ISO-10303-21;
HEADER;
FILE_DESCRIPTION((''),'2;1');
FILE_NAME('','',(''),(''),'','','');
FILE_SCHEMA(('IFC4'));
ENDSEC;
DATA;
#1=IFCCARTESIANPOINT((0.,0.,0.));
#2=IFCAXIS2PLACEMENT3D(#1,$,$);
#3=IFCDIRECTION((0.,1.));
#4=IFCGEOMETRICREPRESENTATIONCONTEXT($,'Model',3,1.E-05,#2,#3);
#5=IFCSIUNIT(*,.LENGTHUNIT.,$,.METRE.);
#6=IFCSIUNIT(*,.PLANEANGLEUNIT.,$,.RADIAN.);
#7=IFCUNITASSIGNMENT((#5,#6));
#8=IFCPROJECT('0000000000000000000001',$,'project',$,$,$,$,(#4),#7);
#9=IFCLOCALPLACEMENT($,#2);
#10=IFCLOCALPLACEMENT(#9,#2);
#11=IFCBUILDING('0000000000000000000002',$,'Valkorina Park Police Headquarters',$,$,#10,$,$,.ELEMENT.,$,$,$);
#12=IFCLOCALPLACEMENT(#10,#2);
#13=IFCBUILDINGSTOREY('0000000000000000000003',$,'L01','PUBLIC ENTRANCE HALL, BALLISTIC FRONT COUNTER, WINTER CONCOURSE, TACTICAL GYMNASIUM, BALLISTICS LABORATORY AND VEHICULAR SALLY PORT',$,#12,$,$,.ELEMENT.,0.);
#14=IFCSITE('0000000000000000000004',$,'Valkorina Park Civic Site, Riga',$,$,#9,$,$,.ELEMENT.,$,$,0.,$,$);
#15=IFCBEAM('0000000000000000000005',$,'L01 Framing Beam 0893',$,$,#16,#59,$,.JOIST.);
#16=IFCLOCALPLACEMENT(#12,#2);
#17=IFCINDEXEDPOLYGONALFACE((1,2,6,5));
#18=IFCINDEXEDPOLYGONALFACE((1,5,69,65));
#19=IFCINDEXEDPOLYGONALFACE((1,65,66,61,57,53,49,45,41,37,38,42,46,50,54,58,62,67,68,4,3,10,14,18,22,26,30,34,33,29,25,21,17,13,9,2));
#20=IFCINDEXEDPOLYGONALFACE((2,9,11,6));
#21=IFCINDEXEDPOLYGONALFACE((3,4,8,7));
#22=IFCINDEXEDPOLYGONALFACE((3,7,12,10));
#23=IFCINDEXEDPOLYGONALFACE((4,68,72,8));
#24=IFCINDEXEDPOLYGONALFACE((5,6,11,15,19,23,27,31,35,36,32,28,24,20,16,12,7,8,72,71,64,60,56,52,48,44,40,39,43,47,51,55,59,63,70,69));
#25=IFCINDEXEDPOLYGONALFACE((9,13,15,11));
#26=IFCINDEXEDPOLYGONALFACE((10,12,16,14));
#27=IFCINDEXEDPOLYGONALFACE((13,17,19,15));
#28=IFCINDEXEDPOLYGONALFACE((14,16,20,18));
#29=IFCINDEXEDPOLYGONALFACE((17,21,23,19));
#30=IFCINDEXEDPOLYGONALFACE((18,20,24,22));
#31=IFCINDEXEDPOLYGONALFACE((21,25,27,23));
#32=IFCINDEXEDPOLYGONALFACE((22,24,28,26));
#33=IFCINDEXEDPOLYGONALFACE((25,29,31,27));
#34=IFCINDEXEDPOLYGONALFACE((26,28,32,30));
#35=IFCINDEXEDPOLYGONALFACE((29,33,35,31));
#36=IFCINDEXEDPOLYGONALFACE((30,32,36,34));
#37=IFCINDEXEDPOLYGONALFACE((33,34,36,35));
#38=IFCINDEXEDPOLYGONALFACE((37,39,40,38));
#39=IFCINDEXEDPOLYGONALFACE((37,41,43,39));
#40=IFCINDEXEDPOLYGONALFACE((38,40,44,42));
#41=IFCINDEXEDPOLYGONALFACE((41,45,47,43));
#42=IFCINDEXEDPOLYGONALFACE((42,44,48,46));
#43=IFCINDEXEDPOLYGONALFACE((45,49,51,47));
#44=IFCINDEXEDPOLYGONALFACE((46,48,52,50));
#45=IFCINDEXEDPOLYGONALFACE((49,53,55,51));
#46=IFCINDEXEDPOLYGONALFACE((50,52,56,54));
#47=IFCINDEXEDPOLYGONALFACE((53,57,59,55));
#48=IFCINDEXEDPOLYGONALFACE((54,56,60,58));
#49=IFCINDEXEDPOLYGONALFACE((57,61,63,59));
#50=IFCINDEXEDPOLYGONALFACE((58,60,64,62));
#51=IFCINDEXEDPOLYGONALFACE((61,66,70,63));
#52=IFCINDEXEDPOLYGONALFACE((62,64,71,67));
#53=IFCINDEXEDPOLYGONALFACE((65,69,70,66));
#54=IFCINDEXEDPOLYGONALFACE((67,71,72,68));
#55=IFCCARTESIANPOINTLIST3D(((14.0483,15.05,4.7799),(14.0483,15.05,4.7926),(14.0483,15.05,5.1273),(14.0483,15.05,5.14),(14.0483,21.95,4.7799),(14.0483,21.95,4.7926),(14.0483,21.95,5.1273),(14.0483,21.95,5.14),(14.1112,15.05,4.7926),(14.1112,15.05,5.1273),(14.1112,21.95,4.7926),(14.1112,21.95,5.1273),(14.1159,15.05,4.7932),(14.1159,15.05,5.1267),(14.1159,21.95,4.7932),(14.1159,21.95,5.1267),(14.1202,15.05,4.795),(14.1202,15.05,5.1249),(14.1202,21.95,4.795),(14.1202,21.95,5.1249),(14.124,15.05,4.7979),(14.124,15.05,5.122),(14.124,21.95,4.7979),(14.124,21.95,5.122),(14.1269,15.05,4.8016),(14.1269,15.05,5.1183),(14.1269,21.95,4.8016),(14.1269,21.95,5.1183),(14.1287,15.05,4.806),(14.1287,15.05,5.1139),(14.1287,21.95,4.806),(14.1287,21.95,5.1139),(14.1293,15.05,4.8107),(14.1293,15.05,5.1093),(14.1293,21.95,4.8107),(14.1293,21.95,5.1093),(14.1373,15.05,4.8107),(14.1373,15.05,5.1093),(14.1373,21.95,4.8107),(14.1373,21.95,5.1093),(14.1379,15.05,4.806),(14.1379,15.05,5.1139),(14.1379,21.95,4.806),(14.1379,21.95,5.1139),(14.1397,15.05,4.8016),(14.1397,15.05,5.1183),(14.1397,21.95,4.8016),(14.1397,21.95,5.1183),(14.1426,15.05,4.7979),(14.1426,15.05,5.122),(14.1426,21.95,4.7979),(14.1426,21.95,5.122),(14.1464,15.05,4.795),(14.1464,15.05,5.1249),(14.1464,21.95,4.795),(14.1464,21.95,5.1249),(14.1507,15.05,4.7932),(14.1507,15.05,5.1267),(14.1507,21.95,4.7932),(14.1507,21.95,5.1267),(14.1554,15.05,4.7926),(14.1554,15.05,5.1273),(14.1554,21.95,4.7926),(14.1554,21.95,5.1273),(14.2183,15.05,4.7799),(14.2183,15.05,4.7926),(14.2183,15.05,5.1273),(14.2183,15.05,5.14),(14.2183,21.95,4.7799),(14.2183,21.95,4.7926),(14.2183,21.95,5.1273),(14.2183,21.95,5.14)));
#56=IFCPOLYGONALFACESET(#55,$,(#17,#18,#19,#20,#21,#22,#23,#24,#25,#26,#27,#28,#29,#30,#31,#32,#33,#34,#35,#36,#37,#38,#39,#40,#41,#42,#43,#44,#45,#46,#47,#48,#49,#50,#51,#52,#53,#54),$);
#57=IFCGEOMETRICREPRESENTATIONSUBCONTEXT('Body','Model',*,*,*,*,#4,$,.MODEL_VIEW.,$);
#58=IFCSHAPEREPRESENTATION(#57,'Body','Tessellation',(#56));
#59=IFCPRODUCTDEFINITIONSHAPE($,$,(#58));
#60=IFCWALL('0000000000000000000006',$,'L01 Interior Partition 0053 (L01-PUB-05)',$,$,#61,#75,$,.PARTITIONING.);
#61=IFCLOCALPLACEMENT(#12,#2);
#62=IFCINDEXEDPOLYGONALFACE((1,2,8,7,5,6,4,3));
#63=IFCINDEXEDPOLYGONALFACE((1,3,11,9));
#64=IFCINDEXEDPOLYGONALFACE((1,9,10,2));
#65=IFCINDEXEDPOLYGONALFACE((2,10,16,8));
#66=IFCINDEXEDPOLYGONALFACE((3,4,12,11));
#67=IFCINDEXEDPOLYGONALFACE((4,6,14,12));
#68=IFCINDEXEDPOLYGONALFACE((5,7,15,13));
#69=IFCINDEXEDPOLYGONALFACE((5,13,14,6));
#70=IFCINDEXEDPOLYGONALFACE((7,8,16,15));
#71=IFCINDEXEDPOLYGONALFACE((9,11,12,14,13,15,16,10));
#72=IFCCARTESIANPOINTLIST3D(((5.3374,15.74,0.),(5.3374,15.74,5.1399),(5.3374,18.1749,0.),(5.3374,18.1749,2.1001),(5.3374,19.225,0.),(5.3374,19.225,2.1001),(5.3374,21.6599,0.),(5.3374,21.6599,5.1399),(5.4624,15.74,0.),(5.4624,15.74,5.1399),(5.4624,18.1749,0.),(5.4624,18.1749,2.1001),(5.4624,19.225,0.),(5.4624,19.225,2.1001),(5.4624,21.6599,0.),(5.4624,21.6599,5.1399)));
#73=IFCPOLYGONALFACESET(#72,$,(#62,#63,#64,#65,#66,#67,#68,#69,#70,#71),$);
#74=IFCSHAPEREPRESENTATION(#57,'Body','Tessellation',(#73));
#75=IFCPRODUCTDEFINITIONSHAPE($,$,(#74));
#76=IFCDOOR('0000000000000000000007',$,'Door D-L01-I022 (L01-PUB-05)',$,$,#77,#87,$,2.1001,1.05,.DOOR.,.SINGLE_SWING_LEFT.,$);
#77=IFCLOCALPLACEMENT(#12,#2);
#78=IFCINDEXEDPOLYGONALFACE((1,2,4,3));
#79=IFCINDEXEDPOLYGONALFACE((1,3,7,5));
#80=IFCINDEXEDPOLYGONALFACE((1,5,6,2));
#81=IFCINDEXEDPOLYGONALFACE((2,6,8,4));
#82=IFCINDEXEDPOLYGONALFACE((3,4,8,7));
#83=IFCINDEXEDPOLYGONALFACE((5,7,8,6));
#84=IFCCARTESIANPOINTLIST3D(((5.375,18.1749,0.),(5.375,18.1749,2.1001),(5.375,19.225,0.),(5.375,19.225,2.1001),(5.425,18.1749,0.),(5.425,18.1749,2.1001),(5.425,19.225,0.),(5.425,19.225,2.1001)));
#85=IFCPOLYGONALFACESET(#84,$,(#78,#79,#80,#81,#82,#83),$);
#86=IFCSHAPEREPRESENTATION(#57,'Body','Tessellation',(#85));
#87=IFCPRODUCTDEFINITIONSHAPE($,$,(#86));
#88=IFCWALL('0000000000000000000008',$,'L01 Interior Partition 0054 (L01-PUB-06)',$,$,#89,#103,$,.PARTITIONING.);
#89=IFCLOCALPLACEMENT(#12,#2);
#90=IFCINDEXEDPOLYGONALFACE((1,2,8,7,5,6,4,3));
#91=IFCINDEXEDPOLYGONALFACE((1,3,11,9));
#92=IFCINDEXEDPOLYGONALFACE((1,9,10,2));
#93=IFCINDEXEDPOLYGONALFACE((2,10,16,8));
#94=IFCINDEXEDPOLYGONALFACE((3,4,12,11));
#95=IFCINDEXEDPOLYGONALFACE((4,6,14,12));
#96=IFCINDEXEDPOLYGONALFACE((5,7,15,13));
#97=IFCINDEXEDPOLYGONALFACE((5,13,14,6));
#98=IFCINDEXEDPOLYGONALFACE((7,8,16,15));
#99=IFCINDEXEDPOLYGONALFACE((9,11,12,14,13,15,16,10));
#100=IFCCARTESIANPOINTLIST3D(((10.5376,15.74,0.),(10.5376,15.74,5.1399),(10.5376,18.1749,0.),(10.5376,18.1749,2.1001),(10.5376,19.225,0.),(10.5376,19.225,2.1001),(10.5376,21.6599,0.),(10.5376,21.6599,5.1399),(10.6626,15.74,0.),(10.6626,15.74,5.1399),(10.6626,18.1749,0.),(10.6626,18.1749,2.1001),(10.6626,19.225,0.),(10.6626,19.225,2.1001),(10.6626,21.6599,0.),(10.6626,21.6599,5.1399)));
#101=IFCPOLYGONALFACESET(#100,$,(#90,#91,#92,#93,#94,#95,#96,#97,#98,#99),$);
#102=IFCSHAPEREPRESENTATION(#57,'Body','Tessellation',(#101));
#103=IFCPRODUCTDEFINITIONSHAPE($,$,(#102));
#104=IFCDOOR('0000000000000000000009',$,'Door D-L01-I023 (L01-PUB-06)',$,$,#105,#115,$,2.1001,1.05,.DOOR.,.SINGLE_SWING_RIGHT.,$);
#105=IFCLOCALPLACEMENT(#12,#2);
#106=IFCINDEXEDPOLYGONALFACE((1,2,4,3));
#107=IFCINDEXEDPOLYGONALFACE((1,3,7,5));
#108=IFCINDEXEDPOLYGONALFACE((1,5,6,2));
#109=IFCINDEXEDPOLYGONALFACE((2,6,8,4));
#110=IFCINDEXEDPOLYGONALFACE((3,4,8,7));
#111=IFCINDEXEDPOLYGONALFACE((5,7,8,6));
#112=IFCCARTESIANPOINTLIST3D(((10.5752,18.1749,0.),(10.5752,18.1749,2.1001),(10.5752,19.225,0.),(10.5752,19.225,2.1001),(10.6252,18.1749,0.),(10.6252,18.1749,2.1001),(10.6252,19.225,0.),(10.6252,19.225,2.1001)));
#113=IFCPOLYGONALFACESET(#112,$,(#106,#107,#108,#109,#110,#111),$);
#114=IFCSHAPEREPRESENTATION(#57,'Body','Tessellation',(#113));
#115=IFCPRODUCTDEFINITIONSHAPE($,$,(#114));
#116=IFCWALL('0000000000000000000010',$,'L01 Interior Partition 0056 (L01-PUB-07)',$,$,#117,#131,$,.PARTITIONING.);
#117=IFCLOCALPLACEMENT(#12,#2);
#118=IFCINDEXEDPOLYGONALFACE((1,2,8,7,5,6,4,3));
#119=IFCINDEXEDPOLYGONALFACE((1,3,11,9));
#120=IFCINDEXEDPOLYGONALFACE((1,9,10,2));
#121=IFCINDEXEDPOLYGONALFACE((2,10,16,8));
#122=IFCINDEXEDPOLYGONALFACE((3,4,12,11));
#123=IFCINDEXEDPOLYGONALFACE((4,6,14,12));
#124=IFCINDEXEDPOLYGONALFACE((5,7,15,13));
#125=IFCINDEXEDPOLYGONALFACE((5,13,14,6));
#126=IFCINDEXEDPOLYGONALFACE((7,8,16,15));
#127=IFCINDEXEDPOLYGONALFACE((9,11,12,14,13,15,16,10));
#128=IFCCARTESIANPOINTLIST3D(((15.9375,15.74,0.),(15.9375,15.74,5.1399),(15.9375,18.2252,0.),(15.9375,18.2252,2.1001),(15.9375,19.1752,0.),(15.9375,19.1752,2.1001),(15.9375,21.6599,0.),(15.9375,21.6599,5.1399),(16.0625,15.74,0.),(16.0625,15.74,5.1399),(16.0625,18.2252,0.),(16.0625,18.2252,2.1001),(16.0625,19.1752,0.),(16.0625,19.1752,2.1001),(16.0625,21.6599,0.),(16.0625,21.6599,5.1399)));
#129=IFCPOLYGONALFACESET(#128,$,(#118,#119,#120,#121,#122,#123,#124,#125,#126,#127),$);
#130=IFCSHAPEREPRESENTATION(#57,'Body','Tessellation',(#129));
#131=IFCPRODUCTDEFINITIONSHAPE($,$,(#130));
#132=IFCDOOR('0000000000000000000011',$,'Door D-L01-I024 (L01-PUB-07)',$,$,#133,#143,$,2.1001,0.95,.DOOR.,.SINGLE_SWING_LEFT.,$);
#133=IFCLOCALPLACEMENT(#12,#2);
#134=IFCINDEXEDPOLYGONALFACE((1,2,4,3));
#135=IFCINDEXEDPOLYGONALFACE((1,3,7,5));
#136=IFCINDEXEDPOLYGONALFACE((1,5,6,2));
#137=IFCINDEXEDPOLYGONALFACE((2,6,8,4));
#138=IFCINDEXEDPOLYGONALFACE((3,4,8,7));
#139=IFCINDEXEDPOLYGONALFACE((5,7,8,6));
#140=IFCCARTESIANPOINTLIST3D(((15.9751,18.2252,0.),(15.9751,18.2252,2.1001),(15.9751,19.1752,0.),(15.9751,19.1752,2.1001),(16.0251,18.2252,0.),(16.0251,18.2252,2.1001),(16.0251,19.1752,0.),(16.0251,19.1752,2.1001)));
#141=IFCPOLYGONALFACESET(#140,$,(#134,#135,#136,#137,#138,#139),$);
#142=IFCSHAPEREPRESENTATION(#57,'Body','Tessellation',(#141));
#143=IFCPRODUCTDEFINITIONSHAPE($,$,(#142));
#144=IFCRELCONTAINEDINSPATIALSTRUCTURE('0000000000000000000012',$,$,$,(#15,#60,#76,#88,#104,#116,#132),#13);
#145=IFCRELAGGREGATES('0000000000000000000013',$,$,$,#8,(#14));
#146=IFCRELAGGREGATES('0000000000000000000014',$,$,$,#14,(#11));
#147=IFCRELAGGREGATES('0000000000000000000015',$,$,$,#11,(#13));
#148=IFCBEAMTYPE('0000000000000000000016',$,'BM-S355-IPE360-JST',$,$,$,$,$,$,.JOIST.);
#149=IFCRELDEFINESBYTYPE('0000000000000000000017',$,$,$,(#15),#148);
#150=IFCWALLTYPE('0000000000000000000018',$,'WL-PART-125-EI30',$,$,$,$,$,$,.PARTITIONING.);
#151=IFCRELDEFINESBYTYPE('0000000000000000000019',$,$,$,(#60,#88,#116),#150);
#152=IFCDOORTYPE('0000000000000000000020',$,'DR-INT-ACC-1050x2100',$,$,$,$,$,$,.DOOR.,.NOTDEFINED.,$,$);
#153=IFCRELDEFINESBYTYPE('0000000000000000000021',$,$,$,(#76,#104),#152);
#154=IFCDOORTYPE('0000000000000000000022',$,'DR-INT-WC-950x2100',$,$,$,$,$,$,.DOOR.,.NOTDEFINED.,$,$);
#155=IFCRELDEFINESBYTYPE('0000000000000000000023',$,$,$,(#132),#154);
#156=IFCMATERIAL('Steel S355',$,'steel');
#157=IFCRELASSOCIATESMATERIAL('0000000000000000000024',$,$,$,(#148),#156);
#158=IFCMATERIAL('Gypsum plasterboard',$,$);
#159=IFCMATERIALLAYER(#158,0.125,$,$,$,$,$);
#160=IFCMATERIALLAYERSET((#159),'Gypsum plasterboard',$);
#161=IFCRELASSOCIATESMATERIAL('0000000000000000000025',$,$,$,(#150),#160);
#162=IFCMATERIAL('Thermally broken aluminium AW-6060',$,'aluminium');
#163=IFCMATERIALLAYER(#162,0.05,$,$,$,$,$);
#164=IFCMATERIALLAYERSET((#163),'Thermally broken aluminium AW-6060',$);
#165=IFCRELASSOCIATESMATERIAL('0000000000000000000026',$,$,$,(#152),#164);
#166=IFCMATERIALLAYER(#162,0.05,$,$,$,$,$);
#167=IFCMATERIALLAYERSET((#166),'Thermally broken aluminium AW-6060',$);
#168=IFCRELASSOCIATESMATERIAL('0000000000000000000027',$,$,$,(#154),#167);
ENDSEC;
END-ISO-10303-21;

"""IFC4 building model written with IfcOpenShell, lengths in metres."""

from ifc_helpers import new_model, si_unit, direction, frame, frame_2d, origin, origin_2d, place, context, subcontext, project, spatial, rectangle, i_section, extrude, material, layer, layer_set, material_profile, profile_set, type_object, element, fill, save


model = new_model("IFC4")

# Units and contexts
model_context = context("Model", 3, precision=1e-05, world=origin(), true_north=direction((0.0, 1.0)))
body_context = subcontext(model_context, "Body", "Model", "MODEL_VIEW")
ifc_project = project(units=[si_unit("LENGTHUNIT", "METRE"), si_unit("PLANEANGLEUNIT", "RADIAN")], contexts=[model_context])

# Site, building, storey
site_placement = place(None, origin())
site = spatial("IfcSite", under=ifc_project, at=site_placement, Name="Valkorina Park Civic Site, Riga", CompositionType="ELEMENT", RefElevation=0.0)
building_placement = place(site_placement, origin())
building = spatial("IfcBuilding", under=site, at=building_placement, Name="Valkorina Park Police Headquarters", CompositionType="ELEMENT")
storey_placement = place(building_placement, origin())
storey = spatial("IfcBuildingStorey", under=building, at=storey_placement, Name="L01", Description="PUBLIC ENTRANCE HALL, BALLISTIC FRONT COUNTER, WINTER CONCOURSE, TACTICAL GYMNASIUM, BALLISTICS LABORATORY AND VEHICULAR SALLY PORT", CompositionType="ELEMENT", Elevation=0.0)

# Beam
ifc_material_1 = material(Name="Steel S355", Category="steel")
ifc_material_profile_1 = material_profile(ifc_material_1, i_section(OverallWidth=0.1699, OverallDepth=0.3601, WebThickness=0.0081, FlangeThickness=0.0127, FilletRadius=0.0181, at=origin_2d()), Name="IPE 360")
ifc_profile_set_1 = profile_set([ifc_material_profile_1], Name="Steel S355")
beam_type_1 = type_object("IfcBeamType", Name="BM-S355-IPE360-JST", PredefinedType="JOIST", material=ifc_profile_set_1)
for number, where, z_axis, x_axis, name in (
    (1, (14.1333, 15.05, 4.96), (0.0, 1.0, 0.0), (-1.0, 0.0, 0.0), "L01 Framing Beam 0893"),
):
    element("IfcBeam", number, at=place(storey_placement, frame(where, z_axis=z_axis, x_axis=x_axis)), inside=storey, type_object=beam_type_1, Name=name, PredefinedType="JOIST", context=body_context, shape_type="SweptSolid", body=[
        extrude(i_section(OverallWidth=0.1699, OverallDepth=0.3601, WebThickness=0.0081, FlangeThickness=0.0127, FilletRadius=0.0181, at=origin_2d()), origin(), (0.0, 0.0, 1.0), 6.8999),
    ])

# Walls, openings, doors
ifc_material_2 = material(Name="Gypsum plasterboard")
ifc_layer_1 = layer(ifc_material_2, 0.125)
ifc_layer_set_1 = layer_set([ifc_layer_1], Name="Gypsum plasterboard")
wall_type = type_object("IfcWallType", Name="WL-PART-125-EI30", PredefinedType="PARTITIONING", material=ifc_layer_set_1)
wall_1_placement = place(storey_placement, frame((5.3999, 15.74, 0.0), z_axis=(0.0, 0.0, 1.0), x_axis=(0.0, 1.0, 0.0)))
wall_1 = element("IfcWall", 2, at=wall_1_placement, inside=storey, type_object=wall_type, Name="L01 Interior Partition 0053 (L01-PUB-05)", PredefinedType="PARTITIONING", context=body_context, shape_type="SweptSolid", body=[
    extrude(rectangle(XDim=5.9199, YDim=0.125, at=frame_2d((2.96, 0.0))), origin(), (0.0, 0.0, 1.0), 5.1399),
])
opening_1_placement = place(wall_1_placement, frame((2.4351, 0.0, 0.0)))
opening_1 = element("IfcOpeningElement", 3, at=opening_1_placement, cuts=wall_1, PredefinedType="OPENING", context=body_context, shape_type="SweptSolid", body=[
    extrude(rectangle(XDim=1.05, YDim=2.1001, at=frame_2d((0.5249, 1.05))), frame((0.0, 0.0725, 0.0), z_axis=(0.0, -1.0, 0.0), x_axis=(1.0, 0.0, 0.0)), (0.0, 0.0, 1.0), 0.145),
])
ifc_material_3 = material(Name="Thermally broken aluminium AW-6060", Category="aluminium")
ifc_layer_2 = layer(ifc_material_3, 0.05)
ifc_layer_set_2 = layer_set([ifc_layer_2], Name="Thermally broken aluminium AW-6060")
door_type_1 = type_object("IfcDoorType", Name="DR-INT-ACC-1050x2100", OperationType="NOTDEFINED", PredefinedType="DOOR", material=ifc_layer_set_2)
door_1_placement = place(opening_1_placement, origin())
door_1 = element("IfcDoor", 4, at=door_1_placement, inside=storey, type_object=door_type_1, Name="Door D-L01-I022 (L01-PUB-05)", OperationType="SINGLE_SWING_LEFT", OverallHeight=2.1001, OverallWidth=1.05, PredefinedType="DOOR", context=body_context, shape_type="SweptSolid", body=[
    extrude(rectangle(XDim=1.05, YDim=2.1001, at=frame_2d((0.5249, 1.05))), frame((0.0, 0.0249, 0.0), z_axis=(0.0, -1.0, 0.0), x_axis=(1.0, 0.0, 0.0)), (0.0, 0.0, 1.0), 0.05),
])
fill(opening_1, door_1)
wall_2_placement = place(storey_placement, frame((10.6001, 15.74, 0.0), z_axis=(0.0, 0.0, 1.0), x_axis=(0.0, 1.0, 0.0)))
wall_2 = element("IfcWall", 5, at=wall_2_placement, inside=storey, type_object=wall_type, Name="L01 Interior Partition 0054 (L01-PUB-06)", PredefinedType="PARTITIONING", context=body_context, shape_type="SweptSolid", body=[
    extrude(rectangle(XDim=5.9199, YDim=0.125, at=frame_2d((2.96, 0.0))), origin(), (0.0, 0.0, 1.0), 5.1399),
])
opening_2_placement = place(wall_2_placement, frame((2.4351, 0.0, 0.0)))
opening_2 = element("IfcOpeningElement", 6, at=opening_2_placement, cuts=wall_2, PredefinedType="OPENING", context=body_context, shape_type="SweptSolid", body=[
    extrude(rectangle(XDim=1.05, YDim=2.1001, at=frame_2d((0.5249, 1.05))), frame((0.0, 0.0725, 0.0), z_axis=(0.0, -1.0, 0.0), x_axis=(1.0, 0.0, 0.0)), (0.0, 0.0, 1.0), 0.145),
])
door_2_placement = place(opening_2_placement, origin())
door_2 = element("IfcDoor", 7, at=door_2_placement, inside=storey, type_object=door_type_1, Name="Door D-L01-I023 (L01-PUB-06)", OperationType="SINGLE_SWING_RIGHT", OverallHeight=2.1001, OverallWidth=1.05, PredefinedType="DOOR", context=body_context, shape_type="SweptSolid", body=[
    extrude(rectangle(XDim=1.05, YDim=2.1001, at=frame_2d((0.5249, 1.05))), frame((0.0, 0.0249, 0.0), z_axis=(0.0, -1.0, 0.0), x_axis=(1.0, 0.0, 0.0)), (0.0, 0.0, 1.0), 0.05),
])
fill(opening_2, door_2)
wall_3_placement = place(storey_placement, frame((16.0, 15.74, 0.0), z_axis=(0.0, 0.0, 1.0), x_axis=(0.0, 1.0, 0.0)))
wall_3 = element("IfcWall", 8, at=wall_3_placement, inside=storey, type_object=wall_type, Name="L01 Interior Partition 0056 (L01-PUB-07)", PredefinedType="PARTITIONING", context=body_context, shape_type="SweptSolid", body=[
    extrude(rectangle(XDim=5.9199, YDim=0.125, at=frame_2d((2.96, 0.0))), origin(), (0.0, 0.0, 1.0), 5.1399),
])
opening_3_placement = place(wall_3_placement, frame((2.4851, 0.0, 0.0)))
opening_3 = element("IfcOpeningElement", 9, at=opening_3_placement, cuts=wall_3, PredefinedType="OPENING", context=body_context, shape_type="SweptSolid", body=[
    extrude(rectangle(XDim=0.95, YDim=2.1001, at=frame_2d((0.4751, 1.05))), frame((0.0, 0.0725, 0.0), z_axis=(0.0, -1.0, 0.0), x_axis=(1.0, 0.0, 0.0)), (0.0, 0.0, 1.0), 0.145),
])
ifc_layer_3 = layer(ifc_material_3, 0.05)
ifc_layer_set_3 = layer_set([ifc_layer_3], Name="Thermally broken aluminium AW-6060")
door_type_2 = type_object("IfcDoorType", Name="DR-INT-WC-950x2100", OperationType="NOTDEFINED", PredefinedType="DOOR", material=ifc_layer_set_3)
door_3_placement = place(opening_3_placement, origin())
door_3 = element("IfcDoor", 10, at=door_3_placement, inside=storey, type_object=door_type_2, Name="Door D-L01-I024 (L01-PUB-07)", OperationType="SINGLE_SWING_LEFT", OverallHeight=2.1001, OverallWidth=0.95, PredefinedType="DOOR", context=body_context, shape_type="SweptSolid", body=[
    extrude(rectangle(XDim=0.95, YDim=2.1001, at=frame_2d((0.4751, 1.05))), frame((0.0, 0.0249, 0.0), z_axis=(0.0, -1.0, 0.0), x_axis=(1.0, 0.0, 0.0)), (0.0, 0.0, 1.0), 0.05),
])
fill(opening_3, door_3)

save(model, "model.ifc")
